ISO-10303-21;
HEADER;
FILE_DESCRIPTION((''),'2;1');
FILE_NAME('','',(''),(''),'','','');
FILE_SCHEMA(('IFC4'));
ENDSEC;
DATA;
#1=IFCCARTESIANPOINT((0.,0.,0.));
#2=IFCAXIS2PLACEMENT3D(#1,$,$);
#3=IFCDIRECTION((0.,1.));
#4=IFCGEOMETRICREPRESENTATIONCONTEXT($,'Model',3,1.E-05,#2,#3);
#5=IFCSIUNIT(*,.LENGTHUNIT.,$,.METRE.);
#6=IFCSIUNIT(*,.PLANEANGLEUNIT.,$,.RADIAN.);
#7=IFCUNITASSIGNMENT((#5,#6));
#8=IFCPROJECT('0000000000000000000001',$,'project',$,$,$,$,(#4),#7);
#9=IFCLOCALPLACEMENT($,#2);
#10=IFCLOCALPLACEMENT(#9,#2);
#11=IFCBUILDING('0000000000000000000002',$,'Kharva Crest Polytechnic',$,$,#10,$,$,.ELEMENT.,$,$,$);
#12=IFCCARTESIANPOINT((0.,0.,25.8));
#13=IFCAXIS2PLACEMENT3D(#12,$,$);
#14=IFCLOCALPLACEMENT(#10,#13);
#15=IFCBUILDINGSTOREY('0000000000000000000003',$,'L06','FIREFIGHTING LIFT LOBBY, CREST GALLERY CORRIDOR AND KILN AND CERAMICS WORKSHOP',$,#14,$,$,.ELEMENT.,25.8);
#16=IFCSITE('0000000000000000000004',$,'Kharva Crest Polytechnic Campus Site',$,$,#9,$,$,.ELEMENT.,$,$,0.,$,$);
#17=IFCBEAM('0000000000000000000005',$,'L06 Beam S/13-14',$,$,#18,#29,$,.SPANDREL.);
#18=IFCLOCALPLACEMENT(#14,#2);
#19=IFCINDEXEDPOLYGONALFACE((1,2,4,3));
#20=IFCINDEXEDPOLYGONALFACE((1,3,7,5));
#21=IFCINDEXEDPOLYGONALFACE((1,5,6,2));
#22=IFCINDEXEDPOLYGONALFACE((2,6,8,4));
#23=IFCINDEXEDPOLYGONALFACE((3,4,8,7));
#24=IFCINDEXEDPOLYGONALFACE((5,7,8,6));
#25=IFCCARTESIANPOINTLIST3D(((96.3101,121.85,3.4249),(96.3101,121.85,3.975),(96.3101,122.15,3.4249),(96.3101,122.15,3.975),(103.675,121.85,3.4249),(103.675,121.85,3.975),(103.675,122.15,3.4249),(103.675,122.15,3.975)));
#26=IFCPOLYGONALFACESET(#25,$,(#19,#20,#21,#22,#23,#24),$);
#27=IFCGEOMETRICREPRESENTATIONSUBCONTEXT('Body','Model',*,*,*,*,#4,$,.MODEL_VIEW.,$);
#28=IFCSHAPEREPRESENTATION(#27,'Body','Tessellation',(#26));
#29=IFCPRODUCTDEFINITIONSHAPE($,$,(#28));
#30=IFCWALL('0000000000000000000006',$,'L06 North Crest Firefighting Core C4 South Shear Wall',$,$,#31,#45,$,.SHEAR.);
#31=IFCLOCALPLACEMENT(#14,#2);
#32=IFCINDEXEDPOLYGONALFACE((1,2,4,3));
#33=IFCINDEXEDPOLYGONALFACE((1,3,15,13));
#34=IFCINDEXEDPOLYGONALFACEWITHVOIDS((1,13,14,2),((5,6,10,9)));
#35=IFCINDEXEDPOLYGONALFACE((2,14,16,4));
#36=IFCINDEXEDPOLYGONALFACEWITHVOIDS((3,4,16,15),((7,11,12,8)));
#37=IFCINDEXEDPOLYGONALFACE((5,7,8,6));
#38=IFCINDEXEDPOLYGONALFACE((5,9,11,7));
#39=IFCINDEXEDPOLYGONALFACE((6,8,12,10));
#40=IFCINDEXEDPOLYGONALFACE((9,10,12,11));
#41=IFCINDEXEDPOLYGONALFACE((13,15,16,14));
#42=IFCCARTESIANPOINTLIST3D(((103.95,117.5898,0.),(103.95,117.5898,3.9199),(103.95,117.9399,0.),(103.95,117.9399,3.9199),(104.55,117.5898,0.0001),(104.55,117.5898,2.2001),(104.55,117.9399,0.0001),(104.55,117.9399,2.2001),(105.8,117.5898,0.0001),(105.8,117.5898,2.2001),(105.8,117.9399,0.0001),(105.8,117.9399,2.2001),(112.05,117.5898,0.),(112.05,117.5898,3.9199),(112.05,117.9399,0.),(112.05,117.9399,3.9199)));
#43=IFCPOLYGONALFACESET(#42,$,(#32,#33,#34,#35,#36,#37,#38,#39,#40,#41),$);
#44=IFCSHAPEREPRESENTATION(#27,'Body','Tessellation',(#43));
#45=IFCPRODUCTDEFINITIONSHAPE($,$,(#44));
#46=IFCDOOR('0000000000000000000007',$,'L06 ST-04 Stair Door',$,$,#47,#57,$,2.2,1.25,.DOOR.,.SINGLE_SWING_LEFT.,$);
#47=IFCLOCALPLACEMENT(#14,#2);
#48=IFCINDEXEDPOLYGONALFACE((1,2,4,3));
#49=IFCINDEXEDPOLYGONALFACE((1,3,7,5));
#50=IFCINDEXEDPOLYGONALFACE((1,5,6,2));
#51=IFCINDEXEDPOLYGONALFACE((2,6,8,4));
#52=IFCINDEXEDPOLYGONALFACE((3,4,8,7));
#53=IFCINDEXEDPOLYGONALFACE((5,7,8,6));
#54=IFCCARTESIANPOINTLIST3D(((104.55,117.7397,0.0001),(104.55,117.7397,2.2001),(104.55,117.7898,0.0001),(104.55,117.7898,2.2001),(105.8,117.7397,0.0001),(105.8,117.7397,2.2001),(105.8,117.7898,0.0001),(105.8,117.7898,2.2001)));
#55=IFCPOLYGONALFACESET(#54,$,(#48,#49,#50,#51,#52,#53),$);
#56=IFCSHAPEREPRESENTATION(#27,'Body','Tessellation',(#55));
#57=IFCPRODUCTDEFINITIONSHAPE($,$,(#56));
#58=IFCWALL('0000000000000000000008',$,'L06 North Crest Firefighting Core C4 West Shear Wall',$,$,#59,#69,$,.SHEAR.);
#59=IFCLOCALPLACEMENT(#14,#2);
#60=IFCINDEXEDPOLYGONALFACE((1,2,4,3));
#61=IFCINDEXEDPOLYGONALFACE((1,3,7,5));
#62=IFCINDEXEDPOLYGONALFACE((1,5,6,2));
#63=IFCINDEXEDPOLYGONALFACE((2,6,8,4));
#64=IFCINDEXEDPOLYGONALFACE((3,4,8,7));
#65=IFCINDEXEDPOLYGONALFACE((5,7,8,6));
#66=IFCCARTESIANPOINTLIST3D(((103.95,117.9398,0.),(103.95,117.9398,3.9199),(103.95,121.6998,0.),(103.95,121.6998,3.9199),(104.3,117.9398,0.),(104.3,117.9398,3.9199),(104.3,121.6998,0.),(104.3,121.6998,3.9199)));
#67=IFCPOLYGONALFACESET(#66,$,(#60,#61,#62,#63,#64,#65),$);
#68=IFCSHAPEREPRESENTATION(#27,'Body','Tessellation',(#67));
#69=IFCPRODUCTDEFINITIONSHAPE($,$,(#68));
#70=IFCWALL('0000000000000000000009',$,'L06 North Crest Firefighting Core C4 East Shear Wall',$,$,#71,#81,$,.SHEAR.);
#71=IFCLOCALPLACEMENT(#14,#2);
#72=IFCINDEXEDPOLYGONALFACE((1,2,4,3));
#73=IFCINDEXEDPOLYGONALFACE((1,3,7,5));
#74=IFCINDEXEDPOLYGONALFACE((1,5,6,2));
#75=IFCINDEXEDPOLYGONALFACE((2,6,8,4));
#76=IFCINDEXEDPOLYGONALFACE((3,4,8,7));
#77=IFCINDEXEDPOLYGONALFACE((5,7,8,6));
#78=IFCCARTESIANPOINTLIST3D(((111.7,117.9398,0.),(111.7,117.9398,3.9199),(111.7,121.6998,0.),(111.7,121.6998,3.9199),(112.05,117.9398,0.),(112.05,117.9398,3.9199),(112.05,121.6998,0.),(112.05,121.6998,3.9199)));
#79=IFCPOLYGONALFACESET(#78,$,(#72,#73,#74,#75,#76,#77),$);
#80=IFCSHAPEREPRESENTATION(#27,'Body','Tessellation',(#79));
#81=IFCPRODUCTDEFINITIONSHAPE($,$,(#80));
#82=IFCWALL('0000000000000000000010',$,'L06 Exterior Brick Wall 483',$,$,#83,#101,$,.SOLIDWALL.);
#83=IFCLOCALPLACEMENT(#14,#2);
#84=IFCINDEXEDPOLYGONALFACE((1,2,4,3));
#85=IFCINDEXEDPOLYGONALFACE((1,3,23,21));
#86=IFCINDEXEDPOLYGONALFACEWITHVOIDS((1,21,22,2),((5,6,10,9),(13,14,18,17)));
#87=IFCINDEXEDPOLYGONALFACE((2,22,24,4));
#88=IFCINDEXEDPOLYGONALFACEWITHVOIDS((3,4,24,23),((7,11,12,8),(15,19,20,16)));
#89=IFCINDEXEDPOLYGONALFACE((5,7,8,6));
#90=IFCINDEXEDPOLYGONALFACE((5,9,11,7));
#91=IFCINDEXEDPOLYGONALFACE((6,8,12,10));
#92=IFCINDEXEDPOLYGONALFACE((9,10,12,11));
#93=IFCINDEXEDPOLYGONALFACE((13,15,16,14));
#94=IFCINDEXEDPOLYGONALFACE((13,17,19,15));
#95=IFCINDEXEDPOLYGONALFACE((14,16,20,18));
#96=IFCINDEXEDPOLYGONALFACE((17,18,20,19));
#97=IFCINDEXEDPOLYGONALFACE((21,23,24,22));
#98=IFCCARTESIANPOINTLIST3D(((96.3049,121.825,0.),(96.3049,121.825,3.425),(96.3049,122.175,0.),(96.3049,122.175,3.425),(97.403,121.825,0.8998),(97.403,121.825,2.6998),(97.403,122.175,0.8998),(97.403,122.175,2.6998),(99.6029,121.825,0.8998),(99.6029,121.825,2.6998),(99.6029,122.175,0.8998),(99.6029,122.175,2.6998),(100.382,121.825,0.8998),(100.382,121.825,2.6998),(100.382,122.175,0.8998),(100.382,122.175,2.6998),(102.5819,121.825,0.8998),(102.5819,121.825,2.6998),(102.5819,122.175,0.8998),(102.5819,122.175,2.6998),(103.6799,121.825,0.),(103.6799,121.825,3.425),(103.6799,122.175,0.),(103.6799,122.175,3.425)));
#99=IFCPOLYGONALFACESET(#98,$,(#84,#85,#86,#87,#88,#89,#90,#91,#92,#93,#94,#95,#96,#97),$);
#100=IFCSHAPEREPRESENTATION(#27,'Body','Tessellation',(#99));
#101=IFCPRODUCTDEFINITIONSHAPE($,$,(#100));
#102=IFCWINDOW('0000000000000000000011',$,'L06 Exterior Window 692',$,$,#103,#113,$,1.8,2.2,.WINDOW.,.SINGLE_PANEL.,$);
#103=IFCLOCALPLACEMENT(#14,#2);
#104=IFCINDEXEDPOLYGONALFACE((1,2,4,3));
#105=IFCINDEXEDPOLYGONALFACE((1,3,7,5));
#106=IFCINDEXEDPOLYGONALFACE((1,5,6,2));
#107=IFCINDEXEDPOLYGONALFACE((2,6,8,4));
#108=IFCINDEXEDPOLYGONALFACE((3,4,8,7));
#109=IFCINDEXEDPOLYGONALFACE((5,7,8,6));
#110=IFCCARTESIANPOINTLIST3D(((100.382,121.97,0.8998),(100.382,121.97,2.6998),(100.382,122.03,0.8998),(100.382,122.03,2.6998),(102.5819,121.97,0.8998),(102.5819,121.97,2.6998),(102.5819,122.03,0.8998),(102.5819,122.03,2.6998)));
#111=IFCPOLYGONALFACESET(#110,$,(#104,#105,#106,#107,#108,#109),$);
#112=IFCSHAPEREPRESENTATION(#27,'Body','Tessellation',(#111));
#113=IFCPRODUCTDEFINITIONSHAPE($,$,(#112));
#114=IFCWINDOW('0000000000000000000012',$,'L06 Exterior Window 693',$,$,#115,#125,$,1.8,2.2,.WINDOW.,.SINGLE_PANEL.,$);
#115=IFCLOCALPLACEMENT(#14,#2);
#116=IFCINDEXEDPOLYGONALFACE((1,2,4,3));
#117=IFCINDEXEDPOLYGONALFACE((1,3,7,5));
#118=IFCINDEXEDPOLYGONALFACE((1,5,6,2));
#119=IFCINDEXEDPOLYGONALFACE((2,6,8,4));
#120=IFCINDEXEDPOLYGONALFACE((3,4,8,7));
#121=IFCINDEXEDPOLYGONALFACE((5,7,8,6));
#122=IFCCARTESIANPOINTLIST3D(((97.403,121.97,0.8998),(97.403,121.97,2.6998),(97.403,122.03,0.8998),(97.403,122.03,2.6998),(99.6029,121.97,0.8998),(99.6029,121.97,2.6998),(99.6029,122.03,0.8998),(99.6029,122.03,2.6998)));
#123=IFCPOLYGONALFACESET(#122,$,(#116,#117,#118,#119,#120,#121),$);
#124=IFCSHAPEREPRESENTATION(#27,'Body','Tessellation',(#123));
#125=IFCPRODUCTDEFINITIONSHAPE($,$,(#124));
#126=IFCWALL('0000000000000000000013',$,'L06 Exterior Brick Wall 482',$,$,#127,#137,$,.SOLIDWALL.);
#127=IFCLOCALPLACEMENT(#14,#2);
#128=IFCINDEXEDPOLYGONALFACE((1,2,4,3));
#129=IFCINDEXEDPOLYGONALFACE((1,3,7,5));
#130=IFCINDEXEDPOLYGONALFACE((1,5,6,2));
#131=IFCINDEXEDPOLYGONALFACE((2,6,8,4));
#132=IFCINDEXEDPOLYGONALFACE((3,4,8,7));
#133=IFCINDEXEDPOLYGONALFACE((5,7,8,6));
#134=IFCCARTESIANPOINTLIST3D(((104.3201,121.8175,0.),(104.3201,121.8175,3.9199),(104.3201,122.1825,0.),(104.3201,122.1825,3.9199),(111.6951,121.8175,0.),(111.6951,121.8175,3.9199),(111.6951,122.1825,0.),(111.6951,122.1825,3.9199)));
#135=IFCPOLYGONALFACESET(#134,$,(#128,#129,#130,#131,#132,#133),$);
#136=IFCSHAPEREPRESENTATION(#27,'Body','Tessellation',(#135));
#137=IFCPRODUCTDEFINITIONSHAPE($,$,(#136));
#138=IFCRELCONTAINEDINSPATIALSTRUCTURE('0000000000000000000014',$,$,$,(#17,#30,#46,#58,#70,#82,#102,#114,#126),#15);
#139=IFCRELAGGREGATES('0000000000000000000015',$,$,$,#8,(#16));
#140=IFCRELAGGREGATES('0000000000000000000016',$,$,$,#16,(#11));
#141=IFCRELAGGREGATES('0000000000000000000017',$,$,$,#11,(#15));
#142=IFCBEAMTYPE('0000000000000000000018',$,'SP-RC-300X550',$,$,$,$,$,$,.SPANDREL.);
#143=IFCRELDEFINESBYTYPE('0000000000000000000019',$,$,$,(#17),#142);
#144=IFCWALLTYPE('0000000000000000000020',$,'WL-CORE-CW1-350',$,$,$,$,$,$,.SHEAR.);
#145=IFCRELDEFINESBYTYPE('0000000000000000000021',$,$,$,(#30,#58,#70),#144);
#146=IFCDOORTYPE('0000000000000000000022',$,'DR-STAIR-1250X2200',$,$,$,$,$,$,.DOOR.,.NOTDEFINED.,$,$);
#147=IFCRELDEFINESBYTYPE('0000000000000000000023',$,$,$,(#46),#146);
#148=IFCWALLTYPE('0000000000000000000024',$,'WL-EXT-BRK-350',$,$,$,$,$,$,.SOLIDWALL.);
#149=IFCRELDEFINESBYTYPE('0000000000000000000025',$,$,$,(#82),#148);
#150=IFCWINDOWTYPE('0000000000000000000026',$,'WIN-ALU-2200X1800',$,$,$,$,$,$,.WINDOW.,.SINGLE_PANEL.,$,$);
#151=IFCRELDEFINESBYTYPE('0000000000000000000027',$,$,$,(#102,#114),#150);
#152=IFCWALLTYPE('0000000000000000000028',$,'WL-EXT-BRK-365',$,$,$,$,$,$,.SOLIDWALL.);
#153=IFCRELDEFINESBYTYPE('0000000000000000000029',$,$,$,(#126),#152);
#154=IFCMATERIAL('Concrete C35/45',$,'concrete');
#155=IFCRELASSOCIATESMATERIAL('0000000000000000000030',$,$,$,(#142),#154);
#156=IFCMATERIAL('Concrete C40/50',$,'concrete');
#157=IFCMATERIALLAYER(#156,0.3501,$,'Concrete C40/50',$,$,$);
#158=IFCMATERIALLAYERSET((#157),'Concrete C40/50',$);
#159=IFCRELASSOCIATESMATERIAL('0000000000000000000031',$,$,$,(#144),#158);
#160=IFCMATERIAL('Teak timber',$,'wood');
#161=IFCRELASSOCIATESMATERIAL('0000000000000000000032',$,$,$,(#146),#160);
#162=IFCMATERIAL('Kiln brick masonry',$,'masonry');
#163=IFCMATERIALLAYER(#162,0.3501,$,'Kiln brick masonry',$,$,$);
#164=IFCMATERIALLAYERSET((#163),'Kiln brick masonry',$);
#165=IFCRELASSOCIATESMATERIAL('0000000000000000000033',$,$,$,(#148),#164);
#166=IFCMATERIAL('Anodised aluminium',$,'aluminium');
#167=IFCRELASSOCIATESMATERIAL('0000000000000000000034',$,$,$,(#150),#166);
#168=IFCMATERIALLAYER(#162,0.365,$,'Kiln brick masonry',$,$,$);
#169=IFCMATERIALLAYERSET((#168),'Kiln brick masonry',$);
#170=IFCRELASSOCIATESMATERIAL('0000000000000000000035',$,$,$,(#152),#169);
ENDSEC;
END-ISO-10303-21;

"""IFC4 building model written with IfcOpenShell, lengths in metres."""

from ifc_helpers import new_model, si_unit, direction, frame, frame_2d, origin, origin_2d, place, context, subcontext, project, spatial, rectangle, extrude, material, layer, layer_set, material_profile, profile_set, type_object, element, fill, save


model = new_model("IFC4")

# Units and contexts
model_context = context("Model", 3, precision=1e-05, world=origin(), true_north=direction((0.0, 1.0)))
body_context = subcontext(model_context, "Body", "Model", "MODEL_VIEW")
ifc_project = project(units=[si_unit("LENGTHUNIT", "METRE"), si_unit("PLANEANGLEUNIT", "RADIAN")], contexts=[model_context])

# Site, building, storey
site_placement = place(None, origin())
site = spatial("IfcSite", under=ifc_project, at=site_placement, Name="Kharva Crest Polytechnic Campus Site", CompositionType="ELEMENT", RefElevation=0.0)
building_placement = place(site_placement, origin())
building = spatial("IfcBuilding", under=site, at=building_placement, Name="Kharva Crest Polytechnic", CompositionType="ELEMENT")
storey_placement = place(building_placement, frame((0.0, 0.0, 25.8)))
storey = spatial("IfcBuildingStorey", under=building, at=storey_placement, Name="L06", Description="FIREFIGHTING LIFT LOBBY, CREST GALLERY CORRIDOR AND KILN AND CERAMICS WORKSHOP", CompositionType="ELEMENT", Elevation=25.8)

# Shared definitions
ifc_material_1 = material(Name="Concrete C40/50", Category="concrete")

# Beam
ifc_material_2 = material(Name="Concrete C35/45", Category="concrete")
ifc_material_profile_1 = material_profile(ifc_material_2, rectangle(XDim=0.3, YDim=0.55, at=origin_2d()), Name="RECT 300 X 550")
ifc_profile_set_1 = profile_set([ifc_material_profile_1], Name="Concrete C35/45")
beam_type_1 = type_object("IfcBeamType", Name="SP-RC-300X550", PredefinedType="SPANDREL", material=ifc_profile_set_1)
beam_1_placement = place(storey_placement, frame((96.3101, 122.0, 3.7), z_axis=(1.0, 0.0, 0.0), x_axis=(0.0, 1.0, 0.0)))
element("IfcBeam", 1, at=beam_1_placement, inside=storey, type_object=beam_type_1, Name="L06 Beam S/13-14", PredefinedType="SPANDREL", context=body_context, shape_type="SweptSolid", body=[
    extrude(rectangle(XDim=0.3, YDim=0.55, at=origin_2d()), origin(), (0.0, 0.0, 1.0), 7.365),
])

# Wall, opening, door
ifc_layer_1 = layer(ifc_material_1, 0.3501, Name="Concrete C40/50")
ifc_layer_set_1 = layer_set([ifc_layer_1], Name="Concrete C40/50")
wall_type_1 = type_object("IfcWallType", Name="WL-CORE-CW1-350", PredefinedType="SHEAR", material=ifc_layer_set_1)
wall_1_placement = place(storey_placement, frame((103.95, 117.7649, 0.0), z_axis=(0.0, 0.0, 1.0), x_axis=(1.0, 0.0, 0.0)))
wall_1 = element("IfcWall", 2, at=wall_1_placement, inside=storey, type_object=wall_type_1, Name="L06 North Crest Firefighting Core C4 South Shear Wall", PredefinedType="SHEAR", context=body_context, shape_type="SweptSolid", body=[
    extrude(rectangle(XDim=8.1001, YDim=0.3501, at=frame_2d((4.05, 0.0))), origin(), (0.0, 0.0, 1.0), 3.9199),
])
opening_1_placement = place(wall_1_placement, frame((0.6001, 0.0, 0.0)))
opening_1 = element("IfcOpeningElement", 3, at=opening_1_placement, cuts=wall_1, PredefinedType="OPENING", context=body_context, shape_type="SweptSolid", body=[
    extrude(rectangle(XDim=1.25, YDim=2.2, at=frame_2d((0.625, 1.1001))), frame((0.0, 0.1851, 0.0), z_axis=(0.0, -1.0, 0.0), x_axis=(1.0, 0.0, 0.0)), (0.0, 0.0, 1.0), 0.3701),
])
ifc_material_3 = material(Name="Teak timber", Category="wood")
door_type = type_object("IfcDoorType", Name="DR-STAIR-1250X2200", OperationType="NOTDEFINED", PredefinedType="DOOR", material=ifc_material_3)
door_placement = place(opening_1_placement, origin())
door = element("IfcDoor", 4, at=door_placement, inside=storey, type_object=door_type, Name="L06 ST-04 Stair Door", OperationType="SINGLE_SWING_LEFT", OverallHeight=2.2, OverallWidth=1.25, PredefinedType="DOOR", context=body_context, shape_type="SweptSolid", body=[
    extrude(rectangle(XDim=1.25, YDim=2.2, at=frame_2d((0.625, 1.1001))), frame((0.0, 0.0249, 0.0), z_axis=(0.0, -1.0, 0.0), x_axis=(1.0, 0.0, 0.0)), (0.0, 0.0, 1.0), 0.05),
])
fill(opening_1, door)

# Walls
for number, where, z_axis, x_axis, name in (
    (5, (104.125, 117.9399, 0.0), (0.0, 0.0, 1.0), (0.0, 1.0, 0.0), "L06 North Crest Firefighting Core C4 West Shear Wall"),
    (6, (111.875, 117.9399, 0.0), (0.0, 0.0, 1.0), (0.0, 1.0, 0.0), "L06 North Crest Firefighting Core C4 East Shear Wall"),
):
    element("IfcWall", number, at=place(storey_placement, frame(where, z_axis=z_axis, x_axis=x_axis)), inside=storey, type_object=wall_type_1, Name=name, PredefinedType="SHEAR", context=body_context, shape_type="SweptSolid", body=[
        extrude(rectangle(XDim=3.76, YDim=0.3501, at=frame_2d((1.8799, 0.0))), origin(), (0.0, 0.0, 1.0), 3.9199),
    ])

# Wall, openings, windows
ifc_material_4 = material(Name="Kiln brick masonry", Category="masonry")
ifc_layer_2 = layer(ifc_material_4, 0.3501, Name="Kiln brick masonry")
ifc_layer_set_2 = layer_set([ifc_layer_2], Name="Kiln brick masonry")
wall_type_2 = type_object("IfcWallType", Name="WL-EXT-BRK-350", PredefinedType="SOLIDWALL", material=ifc_layer_set_2)
wall_2_placement = place(storey_placement, frame((103.6799, 122.0, 0.0), z_axis=(0.0, 0.0, 1.0), x_axis=(-1.0, 0.0, 0.0)))
wall_2 = element("IfcWall", 7, at=wall_2_placement, inside=storey, type_object=wall_type_2, Name="L06 Exterior Brick Wall 483", PredefinedType="SOLIDWALL", context=body_context, shape_type="SweptSolid", body=[
    extrude(rectangle(XDim=7.375, YDim=0.3501, at=frame_2d((3.6875, 0.0))), origin(), (0.0, 0.0, 1.0), 3.425),
])
opening_2_placement = place(wall_2_placement, frame((1.0979, 0.0, 0.8999)))
opening_2 = element("IfcOpeningElement", 8, at=opening_2_placement, cuts=wall_2, PredefinedType="OPENING", context=body_context, shape_type="SweptSolid", body=[
    extrude(rectangle(XDim=2.2, YDim=1.8, at=frame_2d((1.1001, 0.8999))), frame((0.0, 0.1851, 0.0), z_axis=(0.0, -1.0, 0.0), x_axis=(1.0, 0.0, 0.0)), (0.0, 0.0, 1.0), 0.3701),
])
opening_3_placement = place(wall_2_placement, frame((4.0769, 0.0, 0.8999)))
opening_3 = element("IfcOpeningElement", 9, at=opening_3_placement, cuts=wall_2, PredefinedType="OPENING", context=body_context, shape_type="SweptSolid", body=[
    extrude(rectangle(XDim=2.2, YDim=1.8, at=frame_2d((1.1001, 0.8999))), frame((0.0, 0.1851, 0.0), z_axis=(0.0, -1.0, 0.0), x_axis=(1.0, 0.0, 0.0)), (0.0, 0.0, 1.0), 0.3701),
])
ifc_material_5 = material(Name="Anodised aluminium", Category="aluminium")
window_type = type_object("IfcWindowType", Name="WIN-ALU-2200X1800", PartitioningType="SINGLE_PANEL", PredefinedType="WINDOW", material=ifc_material_5)
window_1_placement = place(opening_2_placement, origin())
window_1 = element("IfcWindow", 10, at=window_1_placement, inside=storey, type_object=window_type, Name="L06 Exterior Window 692", OverallHeight=1.8, OverallWidth=2.2, PartitioningType="SINGLE_PANEL", PredefinedType="WINDOW", context=body_context, shape_type="SweptSolid", body=[
    extrude(rectangle(XDim=2.2, YDim=1.8, at=frame_2d((1.1001, 0.8999))), frame((0.0, 0.03, 0.0), z_axis=(0.0, -1.0, 0.0), x_axis=(1.0, 0.0, 0.0)), (0.0, 0.0, 1.0), 0.0601),
])
fill(opening_2, window_1)
window_2_placement = place(opening_3_placement, origin())
window_2 = element("IfcWindow", 11, at=window_2_placement, inside=storey, type_object=window_type, Name="L06 Exterior Window 693", OverallHeight=1.8, OverallWidth=2.2, PartitioningType="SINGLE_PANEL", PredefinedType="WINDOW", context=body_context, shape_type="SweptSolid", body=[
    extrude(rectangle(XDim=2.2, YDim=1.8, at=frame_2d((1.1001, 0.8999))), frame((0.0, 0.03, 0.0), z_axis=(0.0, -1.0, 0.0), x_axis=(1.0, 0.0, 0.0)), (0.0, 0.0, 1.0), 0.0601),
])
fill(opening_3, window_2)

# Wall
ifc_layer_3 = layer(ifc_material_4, 0.365, Name="Kiln brick masonry")
ifc_layer_set_3 = layer_set([ifc_layer_3], Name="Kiln brick masonry")
wall_type_3 = type_object("IfcWallType", Name="WL-EXT-BRK-365", PredefinedType="SOLIDWALL", material=ifc_layer_set_3)
wall_3_placement = place(storey_placement, frame((111.6951, 122.0, 0.0), z_axis=(0.0, 0.0, 1.0), x_axis=(-1.0, 0.0, 0.0)))
element("IfcWall", 12, at=wall_3_placement, inside=storey, type_object=wall_type_3, Name="L06 Exterior Brick Wall 482", PredefinedType="SOLIDWALL", context=body_context, shape_type="SweptSolid", body=[
    extrude(rectangle(XDim=7.375, YDim=0.365, at=frame_2d((3.6875, 0.0))), origin(), (0.0, 0.0, 1.0), 3.9199),
])

save(model, "model.ifc")
